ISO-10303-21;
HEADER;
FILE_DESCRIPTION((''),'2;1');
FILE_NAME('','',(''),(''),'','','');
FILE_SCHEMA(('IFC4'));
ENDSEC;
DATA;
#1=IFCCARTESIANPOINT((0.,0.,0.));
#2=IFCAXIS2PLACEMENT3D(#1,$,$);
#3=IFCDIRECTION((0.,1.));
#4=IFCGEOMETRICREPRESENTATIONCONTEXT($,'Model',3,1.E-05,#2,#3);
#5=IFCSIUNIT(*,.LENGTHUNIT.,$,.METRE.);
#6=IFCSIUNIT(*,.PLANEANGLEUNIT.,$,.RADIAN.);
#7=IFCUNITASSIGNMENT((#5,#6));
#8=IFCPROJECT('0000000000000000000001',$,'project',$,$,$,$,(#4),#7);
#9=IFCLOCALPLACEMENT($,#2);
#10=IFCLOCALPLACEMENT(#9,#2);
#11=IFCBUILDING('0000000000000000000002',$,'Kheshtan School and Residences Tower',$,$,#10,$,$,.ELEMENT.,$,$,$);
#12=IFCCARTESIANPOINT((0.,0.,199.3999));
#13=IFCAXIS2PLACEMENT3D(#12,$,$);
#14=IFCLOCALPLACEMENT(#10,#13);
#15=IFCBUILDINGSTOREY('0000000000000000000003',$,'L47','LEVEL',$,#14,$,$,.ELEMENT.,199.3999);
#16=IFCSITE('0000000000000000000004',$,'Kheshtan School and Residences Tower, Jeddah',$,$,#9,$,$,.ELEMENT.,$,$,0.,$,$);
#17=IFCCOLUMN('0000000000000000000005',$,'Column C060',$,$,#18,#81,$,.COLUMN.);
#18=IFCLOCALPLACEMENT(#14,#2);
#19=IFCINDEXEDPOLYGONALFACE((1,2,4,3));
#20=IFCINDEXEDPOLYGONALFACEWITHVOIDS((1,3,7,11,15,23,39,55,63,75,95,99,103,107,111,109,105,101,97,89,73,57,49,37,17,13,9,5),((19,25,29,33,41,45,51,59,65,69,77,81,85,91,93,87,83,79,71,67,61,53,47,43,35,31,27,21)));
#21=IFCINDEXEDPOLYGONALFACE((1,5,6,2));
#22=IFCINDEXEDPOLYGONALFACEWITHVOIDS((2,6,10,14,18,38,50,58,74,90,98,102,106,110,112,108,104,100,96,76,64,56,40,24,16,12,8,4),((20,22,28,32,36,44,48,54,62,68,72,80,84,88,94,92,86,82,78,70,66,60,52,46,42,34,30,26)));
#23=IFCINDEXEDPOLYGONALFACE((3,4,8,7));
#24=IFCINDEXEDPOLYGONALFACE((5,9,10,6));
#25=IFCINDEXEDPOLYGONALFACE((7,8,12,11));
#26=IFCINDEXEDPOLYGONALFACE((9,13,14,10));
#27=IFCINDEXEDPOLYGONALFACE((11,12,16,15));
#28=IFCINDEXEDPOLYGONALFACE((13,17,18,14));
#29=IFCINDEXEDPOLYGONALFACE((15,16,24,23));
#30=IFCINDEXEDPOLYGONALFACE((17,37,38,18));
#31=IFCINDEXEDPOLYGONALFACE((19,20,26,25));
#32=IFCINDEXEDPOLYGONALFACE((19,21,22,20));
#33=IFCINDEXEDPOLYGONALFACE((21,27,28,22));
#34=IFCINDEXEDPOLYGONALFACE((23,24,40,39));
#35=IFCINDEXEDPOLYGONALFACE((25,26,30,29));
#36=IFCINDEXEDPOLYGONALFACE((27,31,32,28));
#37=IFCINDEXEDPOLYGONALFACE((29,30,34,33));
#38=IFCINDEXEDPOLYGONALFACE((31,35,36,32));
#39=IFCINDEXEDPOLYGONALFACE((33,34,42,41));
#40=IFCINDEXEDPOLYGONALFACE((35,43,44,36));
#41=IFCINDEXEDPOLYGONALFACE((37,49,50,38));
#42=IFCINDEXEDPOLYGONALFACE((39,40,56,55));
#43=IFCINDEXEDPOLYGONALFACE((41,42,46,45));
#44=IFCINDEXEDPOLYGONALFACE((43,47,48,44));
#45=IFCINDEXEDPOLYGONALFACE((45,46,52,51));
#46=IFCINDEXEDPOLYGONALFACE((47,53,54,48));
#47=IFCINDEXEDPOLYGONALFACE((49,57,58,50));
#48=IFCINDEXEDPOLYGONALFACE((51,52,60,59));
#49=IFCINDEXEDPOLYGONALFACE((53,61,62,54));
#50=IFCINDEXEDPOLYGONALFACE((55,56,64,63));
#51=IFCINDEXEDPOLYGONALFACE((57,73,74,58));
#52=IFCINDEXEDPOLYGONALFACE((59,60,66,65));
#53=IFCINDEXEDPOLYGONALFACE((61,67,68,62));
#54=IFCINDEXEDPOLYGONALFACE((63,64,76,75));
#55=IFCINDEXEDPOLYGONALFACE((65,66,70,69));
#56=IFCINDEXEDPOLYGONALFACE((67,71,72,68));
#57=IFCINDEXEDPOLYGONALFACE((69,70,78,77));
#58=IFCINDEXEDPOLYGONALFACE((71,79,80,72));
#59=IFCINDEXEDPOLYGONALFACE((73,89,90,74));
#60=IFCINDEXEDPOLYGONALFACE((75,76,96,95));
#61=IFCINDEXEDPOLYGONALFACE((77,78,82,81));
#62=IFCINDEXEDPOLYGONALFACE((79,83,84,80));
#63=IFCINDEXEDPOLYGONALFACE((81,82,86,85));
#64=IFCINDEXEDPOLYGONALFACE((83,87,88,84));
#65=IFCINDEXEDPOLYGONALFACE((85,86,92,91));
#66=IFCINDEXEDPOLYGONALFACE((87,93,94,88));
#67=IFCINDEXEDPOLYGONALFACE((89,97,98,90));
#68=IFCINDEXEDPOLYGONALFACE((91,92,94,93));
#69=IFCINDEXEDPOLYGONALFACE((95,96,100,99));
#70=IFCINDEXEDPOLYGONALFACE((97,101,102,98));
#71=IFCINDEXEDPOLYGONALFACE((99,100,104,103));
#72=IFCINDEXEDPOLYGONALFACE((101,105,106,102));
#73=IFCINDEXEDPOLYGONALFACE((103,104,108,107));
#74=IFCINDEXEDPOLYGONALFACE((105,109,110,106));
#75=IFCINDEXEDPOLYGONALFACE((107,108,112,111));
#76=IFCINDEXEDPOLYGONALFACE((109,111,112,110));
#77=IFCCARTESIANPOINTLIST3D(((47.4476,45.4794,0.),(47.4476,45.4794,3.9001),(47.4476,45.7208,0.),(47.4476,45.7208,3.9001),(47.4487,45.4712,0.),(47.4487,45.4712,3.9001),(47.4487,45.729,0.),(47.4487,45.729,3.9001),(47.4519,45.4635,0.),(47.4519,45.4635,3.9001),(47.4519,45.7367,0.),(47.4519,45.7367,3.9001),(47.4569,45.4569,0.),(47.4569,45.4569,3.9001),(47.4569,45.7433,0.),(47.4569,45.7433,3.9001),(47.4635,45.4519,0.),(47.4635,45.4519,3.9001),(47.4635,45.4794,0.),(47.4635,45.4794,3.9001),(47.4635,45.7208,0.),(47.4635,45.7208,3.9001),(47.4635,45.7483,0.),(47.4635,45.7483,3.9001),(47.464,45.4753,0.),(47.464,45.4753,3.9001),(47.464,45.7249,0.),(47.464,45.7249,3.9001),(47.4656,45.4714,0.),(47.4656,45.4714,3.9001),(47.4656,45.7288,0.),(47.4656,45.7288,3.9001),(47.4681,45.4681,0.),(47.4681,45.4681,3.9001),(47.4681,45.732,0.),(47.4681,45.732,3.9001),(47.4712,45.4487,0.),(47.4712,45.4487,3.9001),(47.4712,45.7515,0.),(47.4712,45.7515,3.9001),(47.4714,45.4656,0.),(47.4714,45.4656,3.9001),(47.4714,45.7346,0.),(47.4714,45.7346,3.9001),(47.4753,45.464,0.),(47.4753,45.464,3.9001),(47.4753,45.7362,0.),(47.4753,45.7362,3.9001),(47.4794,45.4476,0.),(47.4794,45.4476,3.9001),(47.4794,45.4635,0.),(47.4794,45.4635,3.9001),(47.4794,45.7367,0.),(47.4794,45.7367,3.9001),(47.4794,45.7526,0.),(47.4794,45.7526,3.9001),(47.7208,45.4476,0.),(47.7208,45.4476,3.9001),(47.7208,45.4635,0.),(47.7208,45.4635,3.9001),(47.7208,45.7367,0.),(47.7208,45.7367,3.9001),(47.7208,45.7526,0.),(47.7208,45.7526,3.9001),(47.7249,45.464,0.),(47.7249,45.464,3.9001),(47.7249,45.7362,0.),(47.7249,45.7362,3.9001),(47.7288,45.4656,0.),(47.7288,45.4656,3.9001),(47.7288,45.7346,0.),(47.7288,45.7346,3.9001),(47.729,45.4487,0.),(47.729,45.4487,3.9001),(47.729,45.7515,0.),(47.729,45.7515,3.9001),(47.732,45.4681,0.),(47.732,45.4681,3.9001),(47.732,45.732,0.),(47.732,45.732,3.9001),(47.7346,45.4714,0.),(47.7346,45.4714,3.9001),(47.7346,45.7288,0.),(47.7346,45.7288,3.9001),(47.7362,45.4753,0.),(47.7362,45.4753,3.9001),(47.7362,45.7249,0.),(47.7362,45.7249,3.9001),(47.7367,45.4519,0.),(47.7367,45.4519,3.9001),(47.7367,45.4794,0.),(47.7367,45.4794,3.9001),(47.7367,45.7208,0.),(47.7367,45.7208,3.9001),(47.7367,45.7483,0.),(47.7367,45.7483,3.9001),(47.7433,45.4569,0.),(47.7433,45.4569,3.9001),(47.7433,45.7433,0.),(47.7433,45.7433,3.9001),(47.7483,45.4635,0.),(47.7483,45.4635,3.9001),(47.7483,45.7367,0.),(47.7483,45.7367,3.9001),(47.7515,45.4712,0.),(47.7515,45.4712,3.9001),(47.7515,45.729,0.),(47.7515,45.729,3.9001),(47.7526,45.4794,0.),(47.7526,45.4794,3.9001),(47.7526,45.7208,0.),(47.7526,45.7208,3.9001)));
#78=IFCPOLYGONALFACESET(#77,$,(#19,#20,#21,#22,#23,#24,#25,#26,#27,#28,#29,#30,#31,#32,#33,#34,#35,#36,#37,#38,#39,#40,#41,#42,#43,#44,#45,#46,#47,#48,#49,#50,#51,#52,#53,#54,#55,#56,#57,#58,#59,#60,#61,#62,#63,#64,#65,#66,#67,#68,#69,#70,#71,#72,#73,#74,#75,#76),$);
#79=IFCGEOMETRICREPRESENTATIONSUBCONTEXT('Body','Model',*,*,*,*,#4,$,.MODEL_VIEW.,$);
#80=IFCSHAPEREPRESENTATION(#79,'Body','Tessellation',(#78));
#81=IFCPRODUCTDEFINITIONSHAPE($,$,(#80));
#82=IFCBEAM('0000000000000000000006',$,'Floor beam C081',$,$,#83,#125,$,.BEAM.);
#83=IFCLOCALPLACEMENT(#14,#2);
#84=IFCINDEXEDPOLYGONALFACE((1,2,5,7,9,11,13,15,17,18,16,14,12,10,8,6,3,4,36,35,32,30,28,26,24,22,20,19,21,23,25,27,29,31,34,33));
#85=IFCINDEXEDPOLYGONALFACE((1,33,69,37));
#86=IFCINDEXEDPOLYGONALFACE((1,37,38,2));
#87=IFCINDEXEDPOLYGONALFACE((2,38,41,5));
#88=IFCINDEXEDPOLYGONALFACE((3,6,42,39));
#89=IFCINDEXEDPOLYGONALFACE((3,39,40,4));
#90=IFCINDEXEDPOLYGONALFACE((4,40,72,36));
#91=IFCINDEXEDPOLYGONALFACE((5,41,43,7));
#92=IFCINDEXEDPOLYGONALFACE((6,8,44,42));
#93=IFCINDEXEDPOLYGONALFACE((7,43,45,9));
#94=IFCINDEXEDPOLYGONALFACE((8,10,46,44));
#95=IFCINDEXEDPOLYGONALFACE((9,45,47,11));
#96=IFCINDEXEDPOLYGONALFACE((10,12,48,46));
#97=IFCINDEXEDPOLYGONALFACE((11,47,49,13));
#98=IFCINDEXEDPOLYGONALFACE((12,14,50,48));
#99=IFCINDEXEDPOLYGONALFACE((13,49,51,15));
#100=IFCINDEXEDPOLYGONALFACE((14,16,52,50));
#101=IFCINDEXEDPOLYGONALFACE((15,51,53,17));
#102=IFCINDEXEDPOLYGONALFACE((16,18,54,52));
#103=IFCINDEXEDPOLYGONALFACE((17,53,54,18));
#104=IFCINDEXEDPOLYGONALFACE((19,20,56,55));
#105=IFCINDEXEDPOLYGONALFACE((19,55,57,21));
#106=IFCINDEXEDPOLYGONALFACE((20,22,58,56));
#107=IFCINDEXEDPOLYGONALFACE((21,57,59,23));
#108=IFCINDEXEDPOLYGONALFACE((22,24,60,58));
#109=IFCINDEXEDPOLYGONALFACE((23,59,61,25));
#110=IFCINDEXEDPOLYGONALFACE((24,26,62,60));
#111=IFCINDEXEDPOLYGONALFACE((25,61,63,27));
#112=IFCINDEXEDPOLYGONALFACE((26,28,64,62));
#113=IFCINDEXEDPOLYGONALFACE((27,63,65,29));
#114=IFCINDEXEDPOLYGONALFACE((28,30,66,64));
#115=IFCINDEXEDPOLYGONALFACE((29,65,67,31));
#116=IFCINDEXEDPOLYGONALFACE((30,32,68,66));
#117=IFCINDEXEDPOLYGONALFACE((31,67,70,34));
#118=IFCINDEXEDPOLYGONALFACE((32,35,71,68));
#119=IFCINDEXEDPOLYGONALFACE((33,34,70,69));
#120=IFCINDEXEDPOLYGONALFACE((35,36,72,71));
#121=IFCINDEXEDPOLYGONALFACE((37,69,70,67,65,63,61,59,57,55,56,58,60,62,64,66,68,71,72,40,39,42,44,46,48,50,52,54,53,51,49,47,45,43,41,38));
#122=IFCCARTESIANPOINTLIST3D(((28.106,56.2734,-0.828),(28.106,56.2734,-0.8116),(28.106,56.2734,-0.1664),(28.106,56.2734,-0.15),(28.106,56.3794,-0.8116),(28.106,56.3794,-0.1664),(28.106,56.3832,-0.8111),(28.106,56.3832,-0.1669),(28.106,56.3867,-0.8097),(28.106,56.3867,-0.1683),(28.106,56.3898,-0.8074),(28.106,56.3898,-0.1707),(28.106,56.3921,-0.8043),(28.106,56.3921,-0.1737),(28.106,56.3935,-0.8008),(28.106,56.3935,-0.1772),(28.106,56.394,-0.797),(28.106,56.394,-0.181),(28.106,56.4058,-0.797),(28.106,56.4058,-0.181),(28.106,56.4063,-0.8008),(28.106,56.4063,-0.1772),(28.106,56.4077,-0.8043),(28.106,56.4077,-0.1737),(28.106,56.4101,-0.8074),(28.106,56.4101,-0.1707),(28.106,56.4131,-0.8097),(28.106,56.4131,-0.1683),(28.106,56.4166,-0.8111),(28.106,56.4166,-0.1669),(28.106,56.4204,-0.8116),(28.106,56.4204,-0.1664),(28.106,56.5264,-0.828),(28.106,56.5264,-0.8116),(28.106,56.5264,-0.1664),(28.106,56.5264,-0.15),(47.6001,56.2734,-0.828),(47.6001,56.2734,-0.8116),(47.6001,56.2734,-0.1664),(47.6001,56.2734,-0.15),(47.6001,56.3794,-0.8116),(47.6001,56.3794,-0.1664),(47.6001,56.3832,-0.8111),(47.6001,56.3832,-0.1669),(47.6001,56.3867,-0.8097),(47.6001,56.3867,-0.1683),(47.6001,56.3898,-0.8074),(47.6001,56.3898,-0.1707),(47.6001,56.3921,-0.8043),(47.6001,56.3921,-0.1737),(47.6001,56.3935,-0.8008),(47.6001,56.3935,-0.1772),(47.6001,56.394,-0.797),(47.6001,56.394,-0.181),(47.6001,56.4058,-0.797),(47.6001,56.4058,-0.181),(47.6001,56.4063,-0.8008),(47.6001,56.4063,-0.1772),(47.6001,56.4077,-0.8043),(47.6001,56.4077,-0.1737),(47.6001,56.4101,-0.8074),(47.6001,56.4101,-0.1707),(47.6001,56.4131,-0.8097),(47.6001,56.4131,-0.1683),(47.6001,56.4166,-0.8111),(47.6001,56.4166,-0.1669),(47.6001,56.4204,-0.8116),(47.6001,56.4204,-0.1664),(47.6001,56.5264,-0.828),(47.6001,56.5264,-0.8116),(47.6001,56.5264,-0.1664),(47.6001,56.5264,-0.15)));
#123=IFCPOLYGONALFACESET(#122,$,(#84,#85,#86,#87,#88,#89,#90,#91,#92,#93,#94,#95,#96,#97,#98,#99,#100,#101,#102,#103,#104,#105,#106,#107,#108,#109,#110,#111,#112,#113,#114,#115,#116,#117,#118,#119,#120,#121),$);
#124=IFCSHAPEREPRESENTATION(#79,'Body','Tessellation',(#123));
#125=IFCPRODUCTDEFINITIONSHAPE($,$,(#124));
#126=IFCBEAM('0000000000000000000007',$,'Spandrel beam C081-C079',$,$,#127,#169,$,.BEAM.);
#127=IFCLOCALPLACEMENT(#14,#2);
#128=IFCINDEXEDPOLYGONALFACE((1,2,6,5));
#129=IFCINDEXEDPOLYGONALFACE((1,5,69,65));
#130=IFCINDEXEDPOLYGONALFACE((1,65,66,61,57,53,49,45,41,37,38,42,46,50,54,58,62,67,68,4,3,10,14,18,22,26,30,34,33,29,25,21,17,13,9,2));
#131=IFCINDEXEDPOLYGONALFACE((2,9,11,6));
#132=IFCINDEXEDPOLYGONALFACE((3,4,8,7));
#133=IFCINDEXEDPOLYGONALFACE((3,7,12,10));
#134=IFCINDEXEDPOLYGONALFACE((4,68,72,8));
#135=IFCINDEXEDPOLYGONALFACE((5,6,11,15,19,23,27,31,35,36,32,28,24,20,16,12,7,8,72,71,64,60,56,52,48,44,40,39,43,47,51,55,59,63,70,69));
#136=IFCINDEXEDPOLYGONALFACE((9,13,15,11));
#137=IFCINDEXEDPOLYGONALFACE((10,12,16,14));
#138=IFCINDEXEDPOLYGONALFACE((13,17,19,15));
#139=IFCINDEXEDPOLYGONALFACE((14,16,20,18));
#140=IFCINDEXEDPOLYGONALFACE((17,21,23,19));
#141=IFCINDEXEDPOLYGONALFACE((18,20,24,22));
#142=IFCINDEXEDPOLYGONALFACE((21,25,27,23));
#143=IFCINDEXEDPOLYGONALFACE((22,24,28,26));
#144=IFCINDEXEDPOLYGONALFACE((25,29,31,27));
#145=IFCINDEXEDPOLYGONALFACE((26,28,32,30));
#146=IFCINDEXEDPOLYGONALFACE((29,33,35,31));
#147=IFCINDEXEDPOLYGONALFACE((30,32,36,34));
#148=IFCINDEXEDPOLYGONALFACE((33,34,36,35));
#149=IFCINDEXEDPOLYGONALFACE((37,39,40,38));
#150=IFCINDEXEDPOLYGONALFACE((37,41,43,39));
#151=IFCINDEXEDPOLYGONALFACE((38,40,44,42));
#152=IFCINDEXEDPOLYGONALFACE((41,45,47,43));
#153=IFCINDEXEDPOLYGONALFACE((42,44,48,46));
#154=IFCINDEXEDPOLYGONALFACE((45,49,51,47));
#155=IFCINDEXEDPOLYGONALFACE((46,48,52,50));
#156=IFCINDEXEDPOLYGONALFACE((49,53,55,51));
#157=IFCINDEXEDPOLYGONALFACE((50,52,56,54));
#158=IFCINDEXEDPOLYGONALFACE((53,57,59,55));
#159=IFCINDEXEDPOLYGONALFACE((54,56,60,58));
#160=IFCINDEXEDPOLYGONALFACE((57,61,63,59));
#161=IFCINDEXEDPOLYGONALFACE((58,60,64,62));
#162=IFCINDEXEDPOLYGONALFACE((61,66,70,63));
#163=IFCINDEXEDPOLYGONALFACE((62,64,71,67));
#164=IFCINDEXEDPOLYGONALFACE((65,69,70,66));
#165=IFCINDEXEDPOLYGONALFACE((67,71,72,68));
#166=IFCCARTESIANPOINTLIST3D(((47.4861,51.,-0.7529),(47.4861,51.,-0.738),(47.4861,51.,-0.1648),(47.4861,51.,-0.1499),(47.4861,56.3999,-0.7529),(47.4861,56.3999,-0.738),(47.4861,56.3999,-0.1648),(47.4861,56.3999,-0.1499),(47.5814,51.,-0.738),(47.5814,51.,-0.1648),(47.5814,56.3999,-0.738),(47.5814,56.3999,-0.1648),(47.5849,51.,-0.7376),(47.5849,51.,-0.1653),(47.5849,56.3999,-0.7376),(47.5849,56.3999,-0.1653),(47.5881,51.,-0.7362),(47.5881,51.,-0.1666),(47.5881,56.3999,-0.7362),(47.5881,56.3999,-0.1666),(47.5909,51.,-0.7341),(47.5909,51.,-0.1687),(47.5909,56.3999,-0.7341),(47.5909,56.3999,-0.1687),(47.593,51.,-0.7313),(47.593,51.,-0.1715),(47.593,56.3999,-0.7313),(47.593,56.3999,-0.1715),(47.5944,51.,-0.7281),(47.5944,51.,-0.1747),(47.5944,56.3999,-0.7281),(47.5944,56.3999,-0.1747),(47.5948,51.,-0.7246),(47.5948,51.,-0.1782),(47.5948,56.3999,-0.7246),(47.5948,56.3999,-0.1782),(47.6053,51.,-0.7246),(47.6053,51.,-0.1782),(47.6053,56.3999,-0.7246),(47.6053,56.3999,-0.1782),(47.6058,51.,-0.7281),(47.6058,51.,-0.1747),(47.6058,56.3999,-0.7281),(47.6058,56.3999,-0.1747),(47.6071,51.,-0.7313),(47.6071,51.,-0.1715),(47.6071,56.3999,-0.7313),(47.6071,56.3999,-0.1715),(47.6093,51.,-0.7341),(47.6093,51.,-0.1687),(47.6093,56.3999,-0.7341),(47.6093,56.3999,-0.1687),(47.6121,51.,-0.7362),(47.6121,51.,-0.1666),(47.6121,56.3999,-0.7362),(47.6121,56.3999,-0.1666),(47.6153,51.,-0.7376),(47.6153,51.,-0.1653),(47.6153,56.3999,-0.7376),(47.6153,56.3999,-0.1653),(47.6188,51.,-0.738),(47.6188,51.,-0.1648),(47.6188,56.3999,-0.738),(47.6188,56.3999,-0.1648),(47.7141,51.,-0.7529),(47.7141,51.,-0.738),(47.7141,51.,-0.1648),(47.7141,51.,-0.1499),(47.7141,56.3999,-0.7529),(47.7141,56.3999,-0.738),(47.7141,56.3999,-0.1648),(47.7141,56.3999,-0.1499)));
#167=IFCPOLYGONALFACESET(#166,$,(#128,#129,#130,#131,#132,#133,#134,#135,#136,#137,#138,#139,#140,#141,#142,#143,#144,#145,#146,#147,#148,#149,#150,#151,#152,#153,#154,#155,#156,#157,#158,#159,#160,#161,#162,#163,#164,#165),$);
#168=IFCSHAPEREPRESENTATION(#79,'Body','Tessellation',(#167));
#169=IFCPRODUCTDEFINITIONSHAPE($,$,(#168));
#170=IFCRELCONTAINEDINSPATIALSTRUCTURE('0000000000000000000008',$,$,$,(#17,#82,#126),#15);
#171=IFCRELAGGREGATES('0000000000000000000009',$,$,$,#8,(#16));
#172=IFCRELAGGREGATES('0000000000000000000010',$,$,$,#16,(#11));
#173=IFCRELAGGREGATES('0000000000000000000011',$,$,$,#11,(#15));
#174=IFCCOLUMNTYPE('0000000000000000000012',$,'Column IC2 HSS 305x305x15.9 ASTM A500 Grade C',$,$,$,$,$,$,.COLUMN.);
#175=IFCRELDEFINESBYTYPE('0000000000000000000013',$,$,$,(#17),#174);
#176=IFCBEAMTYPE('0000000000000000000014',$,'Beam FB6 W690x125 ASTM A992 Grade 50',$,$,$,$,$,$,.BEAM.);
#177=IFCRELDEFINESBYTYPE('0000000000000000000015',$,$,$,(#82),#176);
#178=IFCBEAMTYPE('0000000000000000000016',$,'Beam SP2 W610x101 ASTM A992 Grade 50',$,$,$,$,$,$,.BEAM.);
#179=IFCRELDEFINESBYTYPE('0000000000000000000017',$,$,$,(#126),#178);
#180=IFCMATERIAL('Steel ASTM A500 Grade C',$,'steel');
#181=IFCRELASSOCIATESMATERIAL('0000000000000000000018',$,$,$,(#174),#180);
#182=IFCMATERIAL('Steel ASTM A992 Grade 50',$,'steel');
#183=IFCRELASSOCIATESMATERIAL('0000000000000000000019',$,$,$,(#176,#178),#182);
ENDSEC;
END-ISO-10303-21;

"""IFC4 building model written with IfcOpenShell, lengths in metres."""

from ifc_helpers import new_model, si_unit, direction, frame, origin, origin_2d, place, context, subcontext, project, spatial, hollow_rectangle, i_section, extrude, material, material_profile, profile_set, type_object, element, save


model = new_model("IFC4")

# Units and contexts
model_context = context("Model", 3, precision=1e-05, world=origin(), true_north=direction((0.0, 1.0)))
body_context = subcontext(model_context, "Body", "Model", "MODEL_VIEW")
ifc_project = project(units=[si_unit("LENGTHUNIT", "METRE"), si_unit("PLANEANGLEUNIT", "RADIAN")], contexts=[model_context])

# Site, building, storey
site_placement = place(None, origin())
site = spatial("IfcSite", under=ifc_project, at=site_placement, Name="Kheshtan School and Residences Tower, Jeddah", CompositionType="ELEMENT", RefElevation=0.0)
building_placement = place(site_placement, origin())
building = spatial("IfcBuilding", under=site, at=building_placement, Name="Kheshtan School and Residences Tower", CompositionType="ELEMENT")
storey_placement = place(building_placement, frame((0.0, 0.0, 199.3999)))
storey = spatial("IfcBuildingStorey", under=building, at=storey_placement, Name="L47", Description="LEVEL", CompositionType="ELEMENT", Elevation=199.3999)

# Column
ifc_material_1 = material(Name="Steel ASTM A992 Grade 50", Category="steel")
ifc_material_2 = material(Name="Steel ASTM A500 Grade C", Category="steel")
ifc_material_profile_1 = material_profile(ifc_material_2, hollow_rectangle(XDim=0.3049, YDim=0.3049, WallThickness=0.0159, InnerFilletRadius=0.0159, OuterFilletRadius=0.0317, at=origin_2d()), Name="HSS 305x305x15.9")
ifc_profile_set_1 = profile_set([ifc_material_profile_1], Name="Steel ASTM A500 Grade C")
column_type_1 = type_object("IfcColumnType", Name="Column IC2 HSS 305x305x15.9 ASTM A500 Grade C", PredefinedType="COLUMN", material=ifc_profile_set_1)
column_placement = place(storey_placement, frame((47.6001, 45.6001, 0.0), z_axis=(0.0, 0.0, 1.0), x_axis=(1.0, 0.0, 0.0)))
element("IfcColumn", 1, at=column_placement, inside=storey, type_object=column_type_1, Name="Column C060", PredefinedType="COLUMN", context=body_context, shape_type="SweptSolid", body=[
    extrude(hollow_rectangle(XDim=0.3049, YDim=0.3049, WallThickness=0.0159, InnerFilletRadius=0.0159, OuterFilletRadius=0.0317, at=origin_2d()), origin(), (0.0, 0.0, 1.0), 3.9001),
])

# Beams
ifc_material_profile_2 = material_profile(ifc_material_1, i_section(OverallWidth=0.2529, OverallDepth=0.678, WebThickness=0.0117, FlangeThickness=0.0164, FilletRadius=0.0146, at=origin_2d()), Name="W690x125")
ifc_profile_set_2 = profile_set([ifc_material_profile_2], Name="Steel ASTM A992 Grade 50")
beam_type_1 = type_object("IfcBeamType", Name="Beam FB6 W690x125 ASTM A992 Grade 50", PredefinedType="BEAM", material=ifc_profile_set_2)
beam_1_placement = place(storey_placement, frame((47.6001, 56.3999, -0.489), z_axis=(-1.0, 0.0, 0.0), x_axis=(0.0, -1.0, 0.0)))
element("IfcBeam", 2, at=beam_1_placement, inside=storey, type_object=beam_type_1, Name="Floor beam C081", PredefinedType="BEAM", context=body_context, shape_type="SweptSolid", body=[
    extrude(i_section(OverallWidth=0.2529, OverallDepth=0.678, WebThickness=0.0117, FlangeThickness=0.0164, FilletRadius=0.0146, at=origin_2d()), origin(), (0.0, 0.0, 1.0), 19.4941),
])
ifc_material_profile_3 = material_profile(ifc_material_1, i_section(OverallWidth=0.228, OverallDepth=0.603, WebThickness=0.0105, FlangeThickness=0.0149, FilletRadius=0.0134, at=origin_2d()), Name="W610x101")
ifc_profile_set_3 = profile_set([ifc_material_profile_3], Name="Steel ASTM A992 Grade 50")
beam_type_2 = type_object("IfcBeamType", Name="Beam SP2 W610x101 ASTM A992 Grade 50", PredefinedType="BEAM", material=ifc_profile_set_3)
beam_2_placement = place(storey_placement, frame((47.6001, 56.3999, -0.4514), z_axis=(0.0, -1.0, 0.0), x_axis=(1.0, 0.0, 0.0)))
element("IfcBeam", 3, at=beam_2_placement, inside=storey, type_object=beam_type_2, Name="Spandrel beam C081-C079", PredefinedType="BEAM", context=body_context, shape_type="SweptSolid", body=[
    extrude(i_section(OverallWidth=0.228, OverallDepth=0.603, WebThickness=0.0105, FlangeThickness=0.0149, FilletRadius=0.0134, at=origin_2d()), origin(), (0.0, 0.0, 1.0), 5.3999),
])

save(model, "model.ifc")
